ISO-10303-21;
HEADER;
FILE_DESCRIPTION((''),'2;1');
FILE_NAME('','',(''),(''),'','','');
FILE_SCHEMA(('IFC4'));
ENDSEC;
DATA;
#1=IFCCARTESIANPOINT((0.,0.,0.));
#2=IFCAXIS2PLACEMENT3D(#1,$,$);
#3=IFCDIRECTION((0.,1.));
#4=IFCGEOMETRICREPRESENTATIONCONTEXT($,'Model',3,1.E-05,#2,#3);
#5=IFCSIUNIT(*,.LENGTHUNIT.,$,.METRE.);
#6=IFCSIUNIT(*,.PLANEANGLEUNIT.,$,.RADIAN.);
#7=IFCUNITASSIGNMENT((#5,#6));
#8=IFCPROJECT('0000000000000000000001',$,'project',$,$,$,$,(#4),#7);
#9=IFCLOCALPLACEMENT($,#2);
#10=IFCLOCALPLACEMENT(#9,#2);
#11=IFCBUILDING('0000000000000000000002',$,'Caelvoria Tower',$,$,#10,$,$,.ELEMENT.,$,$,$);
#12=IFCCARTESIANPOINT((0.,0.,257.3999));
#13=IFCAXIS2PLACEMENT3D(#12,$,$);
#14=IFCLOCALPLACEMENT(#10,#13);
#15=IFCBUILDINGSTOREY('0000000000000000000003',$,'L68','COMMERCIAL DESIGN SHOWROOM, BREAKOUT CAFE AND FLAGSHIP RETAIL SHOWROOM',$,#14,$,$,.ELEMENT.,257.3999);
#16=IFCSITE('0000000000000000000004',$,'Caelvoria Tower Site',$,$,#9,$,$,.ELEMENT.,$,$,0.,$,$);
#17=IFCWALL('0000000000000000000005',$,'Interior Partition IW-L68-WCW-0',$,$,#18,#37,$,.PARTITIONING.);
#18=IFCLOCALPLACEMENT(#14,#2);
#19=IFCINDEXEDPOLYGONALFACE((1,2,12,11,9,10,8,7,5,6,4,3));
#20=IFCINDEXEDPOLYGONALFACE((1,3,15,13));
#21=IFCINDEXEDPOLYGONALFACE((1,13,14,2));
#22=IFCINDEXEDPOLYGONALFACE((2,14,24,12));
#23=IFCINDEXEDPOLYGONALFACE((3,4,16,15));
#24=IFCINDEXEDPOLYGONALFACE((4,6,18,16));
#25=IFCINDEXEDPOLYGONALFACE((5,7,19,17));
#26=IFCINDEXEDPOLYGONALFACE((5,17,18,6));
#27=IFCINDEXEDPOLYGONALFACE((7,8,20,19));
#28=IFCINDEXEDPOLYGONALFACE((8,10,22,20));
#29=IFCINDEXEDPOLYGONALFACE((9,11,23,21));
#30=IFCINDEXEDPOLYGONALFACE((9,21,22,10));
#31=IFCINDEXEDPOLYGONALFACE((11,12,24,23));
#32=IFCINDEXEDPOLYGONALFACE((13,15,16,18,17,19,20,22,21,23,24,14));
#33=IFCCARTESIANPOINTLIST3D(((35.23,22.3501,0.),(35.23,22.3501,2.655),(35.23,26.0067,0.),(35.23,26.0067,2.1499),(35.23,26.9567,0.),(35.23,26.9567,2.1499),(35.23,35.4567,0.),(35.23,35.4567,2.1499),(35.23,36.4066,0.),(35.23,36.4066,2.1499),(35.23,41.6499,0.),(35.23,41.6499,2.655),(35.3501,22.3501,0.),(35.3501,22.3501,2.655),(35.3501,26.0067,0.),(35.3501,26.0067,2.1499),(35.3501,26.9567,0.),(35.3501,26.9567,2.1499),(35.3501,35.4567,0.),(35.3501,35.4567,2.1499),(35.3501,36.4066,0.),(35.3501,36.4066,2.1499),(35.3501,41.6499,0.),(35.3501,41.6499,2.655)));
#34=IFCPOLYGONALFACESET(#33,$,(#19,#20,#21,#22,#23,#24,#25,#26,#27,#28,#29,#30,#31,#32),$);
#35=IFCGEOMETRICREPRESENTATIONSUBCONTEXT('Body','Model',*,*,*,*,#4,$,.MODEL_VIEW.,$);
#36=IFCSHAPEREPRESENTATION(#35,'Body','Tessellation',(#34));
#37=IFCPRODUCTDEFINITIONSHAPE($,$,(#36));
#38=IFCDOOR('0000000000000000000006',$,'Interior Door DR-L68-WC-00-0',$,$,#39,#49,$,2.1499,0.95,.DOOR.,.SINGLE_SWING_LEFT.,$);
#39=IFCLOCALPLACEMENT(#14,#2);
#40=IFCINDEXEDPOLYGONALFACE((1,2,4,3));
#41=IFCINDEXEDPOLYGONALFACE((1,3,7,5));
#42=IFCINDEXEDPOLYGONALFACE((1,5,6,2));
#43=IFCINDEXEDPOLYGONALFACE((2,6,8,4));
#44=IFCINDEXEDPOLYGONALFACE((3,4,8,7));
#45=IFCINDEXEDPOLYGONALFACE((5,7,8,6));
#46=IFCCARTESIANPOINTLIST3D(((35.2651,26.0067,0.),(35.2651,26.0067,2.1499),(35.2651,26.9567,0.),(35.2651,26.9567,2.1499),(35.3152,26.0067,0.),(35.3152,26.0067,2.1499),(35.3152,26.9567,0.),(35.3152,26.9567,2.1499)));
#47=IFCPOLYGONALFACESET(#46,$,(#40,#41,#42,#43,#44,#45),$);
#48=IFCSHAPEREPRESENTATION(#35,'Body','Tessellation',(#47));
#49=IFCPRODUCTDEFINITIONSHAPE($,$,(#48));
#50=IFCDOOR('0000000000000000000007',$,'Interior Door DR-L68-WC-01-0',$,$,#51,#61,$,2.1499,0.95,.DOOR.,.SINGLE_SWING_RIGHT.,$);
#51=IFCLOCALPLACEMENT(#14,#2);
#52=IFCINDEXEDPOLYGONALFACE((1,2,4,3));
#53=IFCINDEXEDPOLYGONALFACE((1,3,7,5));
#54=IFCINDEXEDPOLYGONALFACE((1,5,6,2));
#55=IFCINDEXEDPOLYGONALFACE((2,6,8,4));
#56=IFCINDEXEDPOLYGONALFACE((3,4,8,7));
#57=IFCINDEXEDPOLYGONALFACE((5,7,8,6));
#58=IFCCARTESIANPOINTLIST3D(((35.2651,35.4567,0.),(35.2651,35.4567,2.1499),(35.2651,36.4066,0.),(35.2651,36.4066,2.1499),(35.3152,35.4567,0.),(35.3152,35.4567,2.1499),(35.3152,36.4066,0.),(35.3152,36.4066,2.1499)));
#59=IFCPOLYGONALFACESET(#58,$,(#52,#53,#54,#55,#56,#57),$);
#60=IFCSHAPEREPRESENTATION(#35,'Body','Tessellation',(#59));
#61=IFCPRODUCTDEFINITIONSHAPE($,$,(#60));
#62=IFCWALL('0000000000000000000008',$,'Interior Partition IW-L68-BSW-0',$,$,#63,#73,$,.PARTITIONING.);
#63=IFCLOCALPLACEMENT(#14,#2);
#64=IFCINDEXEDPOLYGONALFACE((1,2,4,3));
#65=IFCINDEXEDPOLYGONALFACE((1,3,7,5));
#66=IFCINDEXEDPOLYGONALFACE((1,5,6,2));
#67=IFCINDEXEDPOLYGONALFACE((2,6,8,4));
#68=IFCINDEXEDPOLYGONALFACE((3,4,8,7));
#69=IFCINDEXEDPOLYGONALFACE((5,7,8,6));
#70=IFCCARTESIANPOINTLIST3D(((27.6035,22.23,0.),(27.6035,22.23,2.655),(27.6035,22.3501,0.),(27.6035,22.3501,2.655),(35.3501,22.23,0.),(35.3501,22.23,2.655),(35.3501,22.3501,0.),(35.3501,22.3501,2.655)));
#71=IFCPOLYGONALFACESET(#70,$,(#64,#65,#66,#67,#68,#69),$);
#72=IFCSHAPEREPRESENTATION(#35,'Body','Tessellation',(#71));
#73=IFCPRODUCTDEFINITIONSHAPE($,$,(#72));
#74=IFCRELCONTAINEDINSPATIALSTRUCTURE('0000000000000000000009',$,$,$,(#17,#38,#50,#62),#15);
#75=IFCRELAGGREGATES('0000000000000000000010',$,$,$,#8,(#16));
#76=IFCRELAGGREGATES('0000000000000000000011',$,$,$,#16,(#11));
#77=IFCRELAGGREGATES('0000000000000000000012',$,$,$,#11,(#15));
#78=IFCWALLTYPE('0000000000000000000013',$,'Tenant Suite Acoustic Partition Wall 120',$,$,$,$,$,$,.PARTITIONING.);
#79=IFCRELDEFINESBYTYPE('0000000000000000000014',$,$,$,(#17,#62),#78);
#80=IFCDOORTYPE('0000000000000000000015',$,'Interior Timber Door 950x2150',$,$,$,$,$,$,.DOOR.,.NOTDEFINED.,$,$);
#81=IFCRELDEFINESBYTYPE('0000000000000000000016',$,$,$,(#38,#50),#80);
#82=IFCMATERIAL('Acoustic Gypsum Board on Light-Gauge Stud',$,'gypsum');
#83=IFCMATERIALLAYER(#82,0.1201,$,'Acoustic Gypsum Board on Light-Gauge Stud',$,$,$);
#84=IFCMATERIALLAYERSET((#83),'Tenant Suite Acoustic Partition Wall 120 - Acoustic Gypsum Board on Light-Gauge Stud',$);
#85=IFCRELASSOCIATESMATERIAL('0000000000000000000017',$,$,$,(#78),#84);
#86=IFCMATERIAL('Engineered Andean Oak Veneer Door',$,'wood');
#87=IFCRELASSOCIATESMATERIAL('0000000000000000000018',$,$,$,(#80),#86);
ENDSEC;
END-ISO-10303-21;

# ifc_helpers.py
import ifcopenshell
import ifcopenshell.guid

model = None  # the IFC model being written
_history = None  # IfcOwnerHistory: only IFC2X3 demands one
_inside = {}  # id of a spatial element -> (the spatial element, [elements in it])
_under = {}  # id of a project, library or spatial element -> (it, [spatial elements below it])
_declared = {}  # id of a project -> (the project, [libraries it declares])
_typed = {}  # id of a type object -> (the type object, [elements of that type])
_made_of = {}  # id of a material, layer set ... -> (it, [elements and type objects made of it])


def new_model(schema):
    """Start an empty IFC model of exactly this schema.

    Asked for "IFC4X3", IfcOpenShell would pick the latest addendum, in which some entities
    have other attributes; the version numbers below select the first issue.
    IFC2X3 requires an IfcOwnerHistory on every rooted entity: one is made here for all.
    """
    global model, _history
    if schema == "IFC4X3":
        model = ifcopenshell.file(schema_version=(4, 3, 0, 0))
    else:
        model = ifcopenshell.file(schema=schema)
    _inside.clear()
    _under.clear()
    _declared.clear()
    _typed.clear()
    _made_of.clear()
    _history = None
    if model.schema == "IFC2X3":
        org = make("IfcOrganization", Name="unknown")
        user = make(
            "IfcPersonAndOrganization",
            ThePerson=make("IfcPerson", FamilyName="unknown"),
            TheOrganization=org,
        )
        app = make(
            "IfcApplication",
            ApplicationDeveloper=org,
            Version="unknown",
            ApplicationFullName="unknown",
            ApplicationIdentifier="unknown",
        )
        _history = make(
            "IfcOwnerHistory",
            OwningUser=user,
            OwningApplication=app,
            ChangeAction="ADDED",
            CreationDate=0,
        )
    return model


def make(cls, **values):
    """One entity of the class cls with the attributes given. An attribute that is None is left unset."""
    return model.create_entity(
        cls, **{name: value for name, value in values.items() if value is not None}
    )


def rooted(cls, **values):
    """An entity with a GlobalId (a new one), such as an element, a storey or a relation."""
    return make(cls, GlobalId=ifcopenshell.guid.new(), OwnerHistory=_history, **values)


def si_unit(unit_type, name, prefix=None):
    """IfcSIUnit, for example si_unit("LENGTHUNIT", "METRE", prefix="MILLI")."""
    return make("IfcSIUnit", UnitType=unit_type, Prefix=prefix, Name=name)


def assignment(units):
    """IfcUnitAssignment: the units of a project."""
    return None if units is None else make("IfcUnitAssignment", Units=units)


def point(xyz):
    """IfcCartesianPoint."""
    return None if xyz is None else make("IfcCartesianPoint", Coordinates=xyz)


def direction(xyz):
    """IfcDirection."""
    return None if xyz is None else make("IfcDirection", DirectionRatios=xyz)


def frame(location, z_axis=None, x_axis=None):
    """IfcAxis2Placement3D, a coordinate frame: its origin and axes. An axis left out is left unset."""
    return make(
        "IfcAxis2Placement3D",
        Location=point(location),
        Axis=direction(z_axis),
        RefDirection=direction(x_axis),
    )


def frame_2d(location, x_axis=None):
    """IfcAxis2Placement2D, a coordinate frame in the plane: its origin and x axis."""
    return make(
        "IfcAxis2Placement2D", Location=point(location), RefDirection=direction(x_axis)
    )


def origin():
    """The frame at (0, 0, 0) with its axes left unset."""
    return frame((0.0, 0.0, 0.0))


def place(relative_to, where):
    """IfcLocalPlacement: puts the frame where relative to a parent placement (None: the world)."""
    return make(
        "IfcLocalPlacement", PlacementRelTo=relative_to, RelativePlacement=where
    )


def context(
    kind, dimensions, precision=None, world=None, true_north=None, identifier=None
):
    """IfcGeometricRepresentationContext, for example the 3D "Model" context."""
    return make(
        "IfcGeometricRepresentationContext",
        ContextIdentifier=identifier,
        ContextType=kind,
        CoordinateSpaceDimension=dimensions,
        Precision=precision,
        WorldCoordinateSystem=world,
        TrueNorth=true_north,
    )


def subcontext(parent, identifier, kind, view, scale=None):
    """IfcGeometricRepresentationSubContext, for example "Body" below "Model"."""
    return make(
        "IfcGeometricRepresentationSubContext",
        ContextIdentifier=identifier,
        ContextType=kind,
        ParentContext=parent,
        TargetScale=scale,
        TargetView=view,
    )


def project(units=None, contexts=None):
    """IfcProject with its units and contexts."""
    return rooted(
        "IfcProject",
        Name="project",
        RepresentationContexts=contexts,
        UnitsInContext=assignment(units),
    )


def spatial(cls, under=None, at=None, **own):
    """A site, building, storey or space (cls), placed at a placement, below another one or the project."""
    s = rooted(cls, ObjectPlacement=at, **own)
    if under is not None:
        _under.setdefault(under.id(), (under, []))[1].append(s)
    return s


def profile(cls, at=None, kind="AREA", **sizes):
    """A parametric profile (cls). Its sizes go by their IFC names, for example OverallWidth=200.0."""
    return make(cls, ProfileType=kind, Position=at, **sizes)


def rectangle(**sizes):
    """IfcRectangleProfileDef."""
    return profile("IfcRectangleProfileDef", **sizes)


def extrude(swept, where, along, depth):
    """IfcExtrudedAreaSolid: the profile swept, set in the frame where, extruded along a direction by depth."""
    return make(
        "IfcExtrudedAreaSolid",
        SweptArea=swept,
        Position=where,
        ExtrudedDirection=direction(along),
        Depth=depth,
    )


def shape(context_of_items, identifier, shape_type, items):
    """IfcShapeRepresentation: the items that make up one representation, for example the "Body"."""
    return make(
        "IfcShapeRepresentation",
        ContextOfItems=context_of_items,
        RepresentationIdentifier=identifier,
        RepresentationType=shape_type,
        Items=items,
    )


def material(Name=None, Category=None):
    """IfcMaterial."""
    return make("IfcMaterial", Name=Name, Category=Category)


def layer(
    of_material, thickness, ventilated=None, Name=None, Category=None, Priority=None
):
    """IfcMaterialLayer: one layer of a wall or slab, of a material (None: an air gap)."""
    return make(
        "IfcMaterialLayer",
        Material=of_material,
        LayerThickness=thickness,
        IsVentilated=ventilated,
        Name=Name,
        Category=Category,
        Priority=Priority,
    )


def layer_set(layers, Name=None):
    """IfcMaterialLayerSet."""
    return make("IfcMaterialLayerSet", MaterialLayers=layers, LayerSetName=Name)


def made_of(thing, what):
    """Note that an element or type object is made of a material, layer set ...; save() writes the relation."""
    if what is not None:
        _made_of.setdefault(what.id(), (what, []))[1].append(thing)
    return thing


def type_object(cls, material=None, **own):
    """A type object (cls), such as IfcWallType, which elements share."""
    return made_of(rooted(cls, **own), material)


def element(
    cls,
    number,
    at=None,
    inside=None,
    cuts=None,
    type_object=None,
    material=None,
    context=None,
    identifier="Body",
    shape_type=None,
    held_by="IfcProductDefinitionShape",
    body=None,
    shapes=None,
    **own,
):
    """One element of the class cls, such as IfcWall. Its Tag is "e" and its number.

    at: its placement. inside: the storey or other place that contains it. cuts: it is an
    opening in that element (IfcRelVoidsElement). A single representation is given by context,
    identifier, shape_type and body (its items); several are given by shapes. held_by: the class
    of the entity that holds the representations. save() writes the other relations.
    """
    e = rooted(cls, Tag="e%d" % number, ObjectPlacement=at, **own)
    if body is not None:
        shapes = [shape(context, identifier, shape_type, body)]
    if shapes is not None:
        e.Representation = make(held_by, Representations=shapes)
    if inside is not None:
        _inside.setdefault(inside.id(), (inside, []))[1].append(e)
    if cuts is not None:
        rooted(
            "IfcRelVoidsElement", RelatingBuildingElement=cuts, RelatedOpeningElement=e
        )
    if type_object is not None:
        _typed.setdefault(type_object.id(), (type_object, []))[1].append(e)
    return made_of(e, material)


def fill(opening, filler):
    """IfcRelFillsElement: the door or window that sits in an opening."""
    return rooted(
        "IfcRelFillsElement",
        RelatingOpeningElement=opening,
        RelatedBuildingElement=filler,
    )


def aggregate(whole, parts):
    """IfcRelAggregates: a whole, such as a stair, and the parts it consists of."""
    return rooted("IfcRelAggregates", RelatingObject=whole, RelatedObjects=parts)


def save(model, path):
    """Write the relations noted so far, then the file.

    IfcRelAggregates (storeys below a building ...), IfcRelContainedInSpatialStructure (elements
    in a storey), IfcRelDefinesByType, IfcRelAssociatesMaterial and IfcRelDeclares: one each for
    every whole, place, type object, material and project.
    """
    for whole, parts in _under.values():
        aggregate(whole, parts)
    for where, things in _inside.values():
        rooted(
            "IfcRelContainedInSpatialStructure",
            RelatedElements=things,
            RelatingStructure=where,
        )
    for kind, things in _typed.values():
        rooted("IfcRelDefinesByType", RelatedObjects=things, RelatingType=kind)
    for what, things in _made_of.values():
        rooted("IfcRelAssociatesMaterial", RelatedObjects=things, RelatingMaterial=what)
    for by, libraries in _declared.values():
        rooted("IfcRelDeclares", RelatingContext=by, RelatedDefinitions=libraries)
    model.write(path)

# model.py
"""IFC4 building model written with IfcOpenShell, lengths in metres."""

from ifc_helpers import new_model, si_unit, direction, frame, frame_2d, origin, place, context, subcontext, project, spatial, rectangle, extrude, material, layer, layer_set, type_object, element, fill, save


model = new_model("IFC4")

# Units and contexts
model_context = context("Model", 3, precision=1e-05, world=origin(), true_north=direction((0.0, 1.0)))
body_context = subcontext(model_context, "Body", "Model", "MODEL_VIEW")
ifc_project = project(units=[si_unit("LENGTHUNIT", "METRE"), si_unit("PLANEANGLEUNIT", "RADIAN")], contexts=[model_context])

# Site, building, storey
site_placement = place(None, origin())
site = spatial("IfcSite", under=ifc_project, at=site_placement, Name="Caelvoria Tower Site", CompositionType="ELEMENT", RefElevation=0.0)
building_placement = place(site_placement, origin())
building = spatial("IfcBuilding", under=site, at=building_placement, Name="Caelvoria Tower", CompositionType="ELEMENT")
storey_placement = place(building_placement, frame((0.0, 0.0, 257.3999)))
storey = spatial("IfcBuildingStorey", under=building, at=storey_placement, Name="L68", Description="COMMERCIAL DESIGN SHOWROOM, BREAKOUT CAFE AND FLAGSHIP RETAIL SHOWROOM", CompositionType="ELEMENT", Elevation=257.3999)

# Shared definitions
ifc_material_1 = material(Name="Acoustic Gypsum Board on Light-Gauge Stud", Category="gypsum")
ifc_layer_1 = layer(ifc_material_1, 0.1201, Name="Acoustic Gypsum Board on Light-Gauge Stud")
ifc_layer_set_1 = layer_set([ifc_layer_1], Name="Tenant Suite Acoustic Partition Wall 120 - Acoustic Gypsum Board on Light-Gauge Stud")
wall_type_1 = type_object("IfcWallType", Name="Tenant Suite Acoustic Partition Wall 120", PredefinedType="PARTITIONING", material=ifc_layer_set_1)
ifc_material_2 = material(Name="Engineered Andean Oak Veneer Door", Category="wood")
door_type_1 = type_object("IfcDoorType", Name="Interior Timber Door 950x2150", OperationType="NOTDEFINED", PredefinedType="DOOR", material=ifc_material_2)

# Wall, openings, doors
wall_1_placement = place(storey_placement, frame((35.29, 22.3501, 0.0), z_axis=(0.0, 0.0, 1.0), x_axis=(0.0, 1.0, 0.0)))
wall_1 = element("IfcWall", 1, at=wall_1_placement, inside=storey, type_object=wall_type_1, Name="Interior Partition IW-L68-WCW-0", PredefinedType="PARTITIONING", context=body_context, shape_type="SweptSolid", body=[
    extrude(rectangle(XDim=19.2998, YDim=0.1201, at=frame_2d((9.6499, 0.0))), origin(), (0.0, 0.0, 1.0), 2.655),
])
opening_1_placement = place(wall_1_placement, frame((3.6565, 0.0, 0.0)))
opening_1 = element("IfcOpeningElement", 2, at=opening_1_placement, cuts=wall_1, PredefinedType="OPENING", context=body_context, shape_type="SweptSolid", body=[
    extrude(rectangle(XDim=0.95, YDim=2.1499, at=frame_2d((0.4751, 1.075))), frame((0.0, 0.0701, 0.0), z_axis=(0.0, -1.0, 0.0), x_axis=(1.0, 0.0, 0.0)), (0.0, 0.0, 1.0), 0.1401),
])
opening_2_placement = place(wall_1_placement, frame((13.1064, 0.0, 0.0)))
opening_2 = element("IfcOpeningElement", 3, at=opening_2_placement, cuts=wall_1, PredefinedType="OPENING", context=body_context, shape_type="SweptSolid", body=[
    extrude(rectangle(XDim=0.95, YDim=2.1499, at=frame_2d((0.4751, 1.075))), frame((0.0, 0.0701, 0.0), z_axis=(0.0, -1.0, 0.0), x_axis=(1.0, 0.0, 0.0)), (0.0, 0.0, 1.0), 0.1401),
])
door_1_placement = place(opening_1_placement, origin())
door_1 = element("IfcDoor", 4, at=door_1_placement, inside=storey, type_object=door_type_1, Name="Interior Door DR-L68-WC-00-0", OperationType="SINGLE_SWING_LEFT", OverallHeight=2.1499, OverallWidth=0.95, PredefinedType="DOOR", context=body_context, shape_type="SweptSolid", body=[
    extrude(rectangle(XDim=0.95, YDim=2.1499, at=frame_2d((0.4751, 1.075))), frame((0.0, 0.0249, 0.0), z_axis=(0.0, -1.0, 0.0), x_axis=(1.0, 0.0, 0.0)), (0.0, 0.0, 1.0), 0.05),
])
fill(opening_1, door_1)
door_2_placement = place(opening_2_placement, origin())
door_2 = element("IfcDoor", 5, at=door_2_placement, inside=storey, type_object=door_type_1, Name="Interior Door DR-L68-WC-01-0", OperationType="SINGLE_SWING_RIGHT", OverallHeight=2.1499, OverallWidth=0.95, PredefinedType="DOOR", context=body_context, shape_type="SweptSolid", body=[
    extrude(rectangle(XDim=0.95, YDim=2.1499, at=frame_2d((0.4751, 1.075))), frame((0.0, 0.0249, 0.0), z_axis=(0.0, -1.0, 0.0), x_axis=(1.0, 0.0, 0.0)), (0.0, 0.0, 1.0), 0.05),
])
fill(opening_2, door_2)

# Wall
wall_2_placement = place(storey_placement, frame((35.3501, 22.29, 0.0), z_axis=(0.0, 0.0, 1.0), x_axis=(-1.0, 0.0, 0.0)))
element("IfcWall", 6, at=wall_2_placement, inside=storey, type_object=wall_type_1, Name="Interior Partition IW-L68-BSW-0", PredefinedType="PARTITIONING", context=body_context, shape_type="SweptSolid", body=[
    extrude(rectangle(XDim=7.7466, YDim=0.1201, at=frame_2d((3.8733, 0.0))), origin(), (0.0, 0.0, 1.0), 2.655),
])

save(model, "model.ifc")
